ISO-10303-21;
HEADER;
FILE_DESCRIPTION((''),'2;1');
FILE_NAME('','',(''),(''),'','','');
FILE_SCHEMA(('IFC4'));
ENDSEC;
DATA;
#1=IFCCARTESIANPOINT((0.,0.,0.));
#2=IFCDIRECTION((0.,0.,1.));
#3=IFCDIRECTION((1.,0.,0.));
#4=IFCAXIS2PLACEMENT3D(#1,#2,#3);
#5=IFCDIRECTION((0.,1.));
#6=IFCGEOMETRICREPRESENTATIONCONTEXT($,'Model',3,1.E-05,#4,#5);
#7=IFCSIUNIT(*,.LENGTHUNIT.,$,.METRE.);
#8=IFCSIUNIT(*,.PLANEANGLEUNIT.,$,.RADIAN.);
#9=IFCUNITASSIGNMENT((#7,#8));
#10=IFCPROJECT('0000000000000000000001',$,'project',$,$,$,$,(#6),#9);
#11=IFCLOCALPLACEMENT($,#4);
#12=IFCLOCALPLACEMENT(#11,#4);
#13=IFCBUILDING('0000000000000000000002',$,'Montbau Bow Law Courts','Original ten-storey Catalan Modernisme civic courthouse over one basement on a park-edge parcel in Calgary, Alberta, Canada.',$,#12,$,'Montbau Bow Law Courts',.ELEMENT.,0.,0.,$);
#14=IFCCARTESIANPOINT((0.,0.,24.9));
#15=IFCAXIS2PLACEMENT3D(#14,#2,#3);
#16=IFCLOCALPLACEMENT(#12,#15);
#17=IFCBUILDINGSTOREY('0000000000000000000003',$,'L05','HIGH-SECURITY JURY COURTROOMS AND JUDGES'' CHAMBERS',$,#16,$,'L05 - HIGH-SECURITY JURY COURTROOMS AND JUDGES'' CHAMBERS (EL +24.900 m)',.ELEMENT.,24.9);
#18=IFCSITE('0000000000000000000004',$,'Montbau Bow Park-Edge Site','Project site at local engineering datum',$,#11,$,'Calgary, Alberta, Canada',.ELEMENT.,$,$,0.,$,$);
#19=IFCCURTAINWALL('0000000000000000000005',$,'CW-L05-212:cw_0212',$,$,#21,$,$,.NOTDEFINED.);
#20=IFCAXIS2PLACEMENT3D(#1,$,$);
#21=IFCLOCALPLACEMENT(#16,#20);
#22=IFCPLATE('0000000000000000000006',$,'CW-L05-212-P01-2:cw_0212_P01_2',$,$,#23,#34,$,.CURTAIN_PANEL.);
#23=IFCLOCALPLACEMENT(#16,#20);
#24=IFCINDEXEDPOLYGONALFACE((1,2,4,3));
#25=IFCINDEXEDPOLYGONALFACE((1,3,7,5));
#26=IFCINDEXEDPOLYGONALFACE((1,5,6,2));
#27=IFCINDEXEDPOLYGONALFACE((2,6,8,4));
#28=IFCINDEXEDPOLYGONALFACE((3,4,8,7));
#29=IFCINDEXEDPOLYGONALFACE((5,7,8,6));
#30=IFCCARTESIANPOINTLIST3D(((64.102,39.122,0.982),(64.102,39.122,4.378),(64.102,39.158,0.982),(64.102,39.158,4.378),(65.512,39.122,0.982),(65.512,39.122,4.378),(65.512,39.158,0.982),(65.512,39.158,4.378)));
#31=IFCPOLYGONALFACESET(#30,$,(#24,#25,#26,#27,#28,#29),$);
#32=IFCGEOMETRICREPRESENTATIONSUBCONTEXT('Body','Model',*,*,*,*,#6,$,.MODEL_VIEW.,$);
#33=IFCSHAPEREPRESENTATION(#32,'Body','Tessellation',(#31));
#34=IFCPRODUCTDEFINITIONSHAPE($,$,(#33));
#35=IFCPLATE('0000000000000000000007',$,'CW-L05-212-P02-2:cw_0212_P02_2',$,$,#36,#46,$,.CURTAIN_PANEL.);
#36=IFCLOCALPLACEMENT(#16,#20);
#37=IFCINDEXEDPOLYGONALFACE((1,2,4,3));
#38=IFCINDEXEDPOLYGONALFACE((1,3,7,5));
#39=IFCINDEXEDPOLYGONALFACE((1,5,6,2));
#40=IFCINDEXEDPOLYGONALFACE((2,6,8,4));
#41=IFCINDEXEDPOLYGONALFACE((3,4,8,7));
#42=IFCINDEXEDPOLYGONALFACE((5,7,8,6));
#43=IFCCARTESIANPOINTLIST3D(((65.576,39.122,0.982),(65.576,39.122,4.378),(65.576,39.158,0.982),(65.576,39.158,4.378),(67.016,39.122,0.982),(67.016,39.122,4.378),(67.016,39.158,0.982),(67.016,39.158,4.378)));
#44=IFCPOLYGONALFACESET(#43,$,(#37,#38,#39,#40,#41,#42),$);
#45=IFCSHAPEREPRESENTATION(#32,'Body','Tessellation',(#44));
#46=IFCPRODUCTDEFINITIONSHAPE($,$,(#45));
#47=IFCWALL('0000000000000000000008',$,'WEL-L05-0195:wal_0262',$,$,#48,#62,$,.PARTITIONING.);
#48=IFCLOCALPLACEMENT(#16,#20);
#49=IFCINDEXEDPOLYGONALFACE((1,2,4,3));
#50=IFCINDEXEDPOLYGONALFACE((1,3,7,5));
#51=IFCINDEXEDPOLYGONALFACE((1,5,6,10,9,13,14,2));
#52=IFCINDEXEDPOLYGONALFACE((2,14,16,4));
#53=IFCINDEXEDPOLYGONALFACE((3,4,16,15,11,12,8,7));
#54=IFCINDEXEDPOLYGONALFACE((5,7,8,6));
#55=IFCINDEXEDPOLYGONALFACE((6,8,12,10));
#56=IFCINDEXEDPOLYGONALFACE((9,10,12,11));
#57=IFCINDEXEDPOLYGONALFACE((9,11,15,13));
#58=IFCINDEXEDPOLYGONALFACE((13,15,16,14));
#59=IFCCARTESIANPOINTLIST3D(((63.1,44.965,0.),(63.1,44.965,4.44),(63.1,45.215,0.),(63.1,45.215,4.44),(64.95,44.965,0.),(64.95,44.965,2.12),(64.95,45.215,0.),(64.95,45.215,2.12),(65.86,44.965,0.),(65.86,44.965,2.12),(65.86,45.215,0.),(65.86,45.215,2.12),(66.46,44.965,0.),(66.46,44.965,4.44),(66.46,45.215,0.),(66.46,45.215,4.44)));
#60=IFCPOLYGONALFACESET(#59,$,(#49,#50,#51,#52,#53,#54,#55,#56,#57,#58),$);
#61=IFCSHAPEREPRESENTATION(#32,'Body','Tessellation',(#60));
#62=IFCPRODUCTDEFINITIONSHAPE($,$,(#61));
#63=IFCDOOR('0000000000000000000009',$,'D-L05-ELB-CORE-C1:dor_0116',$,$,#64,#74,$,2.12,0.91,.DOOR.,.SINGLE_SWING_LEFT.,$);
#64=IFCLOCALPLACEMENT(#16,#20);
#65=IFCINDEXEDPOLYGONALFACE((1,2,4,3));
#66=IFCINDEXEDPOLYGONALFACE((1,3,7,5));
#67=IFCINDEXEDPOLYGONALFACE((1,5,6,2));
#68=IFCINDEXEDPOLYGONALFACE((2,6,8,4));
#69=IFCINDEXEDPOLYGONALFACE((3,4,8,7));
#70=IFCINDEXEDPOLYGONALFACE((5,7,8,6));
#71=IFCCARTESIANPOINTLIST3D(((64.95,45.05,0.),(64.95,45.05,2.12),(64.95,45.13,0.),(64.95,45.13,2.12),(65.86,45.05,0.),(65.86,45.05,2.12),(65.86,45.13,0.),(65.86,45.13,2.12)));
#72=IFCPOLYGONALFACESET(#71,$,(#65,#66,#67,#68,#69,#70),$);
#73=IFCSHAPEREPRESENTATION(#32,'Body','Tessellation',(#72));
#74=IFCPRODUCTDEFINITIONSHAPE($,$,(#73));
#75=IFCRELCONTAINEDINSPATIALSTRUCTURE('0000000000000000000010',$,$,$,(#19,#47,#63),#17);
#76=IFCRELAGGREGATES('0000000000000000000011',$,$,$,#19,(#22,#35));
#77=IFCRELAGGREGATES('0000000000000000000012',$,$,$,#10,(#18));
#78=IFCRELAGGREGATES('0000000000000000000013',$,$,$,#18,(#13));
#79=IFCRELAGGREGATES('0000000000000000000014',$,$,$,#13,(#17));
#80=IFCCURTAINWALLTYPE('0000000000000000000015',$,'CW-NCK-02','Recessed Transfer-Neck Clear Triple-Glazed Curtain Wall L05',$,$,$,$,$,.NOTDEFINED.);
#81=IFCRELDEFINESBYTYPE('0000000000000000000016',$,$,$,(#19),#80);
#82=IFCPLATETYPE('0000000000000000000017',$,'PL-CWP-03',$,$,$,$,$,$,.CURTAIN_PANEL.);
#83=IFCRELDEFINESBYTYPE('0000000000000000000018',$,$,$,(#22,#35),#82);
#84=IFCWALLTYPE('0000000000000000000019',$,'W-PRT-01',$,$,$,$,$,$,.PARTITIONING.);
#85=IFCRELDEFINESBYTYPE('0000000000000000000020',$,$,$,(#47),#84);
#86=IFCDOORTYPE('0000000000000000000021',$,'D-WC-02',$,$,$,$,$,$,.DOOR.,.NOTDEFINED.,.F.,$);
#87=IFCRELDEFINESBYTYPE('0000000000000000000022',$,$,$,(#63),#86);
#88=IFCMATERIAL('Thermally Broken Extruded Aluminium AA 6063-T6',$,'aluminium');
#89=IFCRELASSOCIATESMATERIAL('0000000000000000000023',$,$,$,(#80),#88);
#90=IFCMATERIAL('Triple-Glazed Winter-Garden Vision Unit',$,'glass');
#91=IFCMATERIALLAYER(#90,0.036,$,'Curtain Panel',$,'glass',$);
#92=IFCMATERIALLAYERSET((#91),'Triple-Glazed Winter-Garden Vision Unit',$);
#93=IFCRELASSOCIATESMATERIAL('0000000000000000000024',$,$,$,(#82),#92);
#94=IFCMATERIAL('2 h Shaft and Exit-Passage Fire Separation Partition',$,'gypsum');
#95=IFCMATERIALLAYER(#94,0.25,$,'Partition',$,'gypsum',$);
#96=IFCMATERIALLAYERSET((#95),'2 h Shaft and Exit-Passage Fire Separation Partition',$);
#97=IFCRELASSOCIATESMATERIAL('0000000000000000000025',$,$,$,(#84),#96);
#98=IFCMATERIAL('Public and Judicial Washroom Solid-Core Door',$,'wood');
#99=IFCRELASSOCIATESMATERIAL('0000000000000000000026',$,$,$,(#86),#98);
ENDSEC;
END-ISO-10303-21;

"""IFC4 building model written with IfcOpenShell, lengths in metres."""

from ifc_helpers import new_model, si_unit, direction, frame, frame_2d, origin_with_axes, place, context, subcontext, project, spatial, rectangle, extrude, material, layer, layer_set, type_object, element, fill, aggregate, save


model = new_model("IFC4")

# Units and contexts
model_context = context("Model", 3, precision=1e-05, world=origin_with_axes(), true_north=direction((0.0, 1.0)))
body_context = subcontext(model_context, "Body", "Model", "MODEL_VIEW")
ifc_project = project(units=[si_unit("LENGTHUNIT", "METRE"), si_unit("PLANEANGLEUNIT", "RADIAN")], contexts=[model_context])

# Site, building, storey
site_placement = place(None, origin_with_axes())
site = spatial("IfcSite", under=ifc_project, at=site_placement, Name="Montbau Bow Park-Edge Site", Description="Project site at local engineering datum", LongName="Calgary, Alberta, Canada", CompositionType="ELEMENT", RefElevation=0.0)
building_placement = place(site_placement, origin_with_axes())
building = spatial("IfcBuilding", under=site, at=building_placement, Name="Montbau Bow Law Courts", Description="Original ten-storey Catalan Modernisme civic courthouse over one basement on a park-edge parcel in Calgary, Alberta, Canada.", LongName="Montbau Bow Law Courts", CompositionType="ELEMENT", ElevationOfRefHeight=0.0, ElevationOfTerrain=0.0)
storey_placement = place(building_placement, frame((0.0, 0.0, 24.9), z_axis=(0.0, 0.0, 1.0), x_axis=(1.0, 0.0, 0.0)))
storey = spatial("IfcBuildingStorey", under=building, at=storey_placement, Name="L05", Description="HIGH-SECURITY JURY COURTROOMS AND JUDGES' CHAMBERS", LongName="L05 - HIGH-SECURITY JURY COURTROOMS AND JUDGES' CHAMBERS (EL +24.900 m)", CompositionType="ELEMENT", Elevation=24.9)

# Shared definitions
ifc_material_1 = material(Name="Thermally Broken Extruded Aluminium AA 6063-T6", Category="aluminium")
curtain_wall_type = type_object("IfcCurtainWallType", Name="CW-NCK-02", Description="Recessed Transfer-Neck Clear Triple-Glazed Curtain Wall L05", PredefinedType="NOTDEFINED", material=ifc_material_1)

# Curtain wall, plates
curtain_wall_1_placement = place(None, frame((64.04, 39.14, 24.9), z_axis=(0.0, 0.0, 1.0), x_axis=(1.0, 0.0, 0.0)))
curtain_wall_1 = element("IfcCurtainWall", 1, at=curtain_wall_1_placement, inside=storey, type_object=curtain_wall_type, Name="CW-L05-212:cw_0212", PredefinedType="NOTDEFINED")
ifc_material_2 = material(Name="Triple-Glazed Winter-Garden Vision Unit", Category="glass")
ifc_layer_1 = layer(ifc_material_2, 0.036, Name="Curtain Panel", Category="glass")
ifc_layer_set_1 = layer_set([ifc_layer_1], Name="Triple-Glazed Winter-Garden Vision Unit")
plate_type_1 = type_object("IfcPlateType", Name="PL-CWP-03", PredefinedType="CURTAIN_PANEL", material=ifc_layer_set_1)
plate_1_placement = place(None, frame((64.102, 39.14, 25.882), z_axis=(0.0, -1.0, 0.0), x_axis=(1.0, 0.0, 0.0)))
plate_1 = element("IfcPlate", 2, at=plate_1_placement, type_object=plate_type_1, Name="CW-L05-212-P01-2:cw_0212_P01_2", PredefinedType="CURTAIN_PANEL", context=body_context, shape_type="SweptSolid", body=[
    extrude(rectangle(XDim=1.41, YDim=3.396, at=frame_2d((0.705, 1.698), x_axis=(1.0, 0.0))), frame((0.0, 0.0, -0.018), z_axis=(0.0, 0.0, 1.0), x_axis=(1.0, 0.0, 0.0)), (0.0, 0.0, 1.0), 0.036),
])
plate_2_placement = place(None, frame((65.576, 39.14, 25.882), z_axis=(0.0, -1.0, 0.0), x_axis=(1.0, 0.0, 0.0)))
plate_2 = element("IfcPlate", 3, at=plate_2_placement, type_object=plate_type_1, Name="CW-L05-212-P02-2:cw_0212_P02_2", PredefinedType="CURTAIN_PANEL", context=body_context, shape_type="SweptSolid", body=[
    extrude(rectangle(XDim=1.44, YDim=3.396, at=frame_2d((0.72, 1.698), x_axis=(1.0, 0.0))), frame((0.0, 0.0, -0.018), z_axis=(0.0, 0.0, 1.0), x_axis=(1.0, 0.0, 0.0)), (0.0, 0.0, 1.0), 0.036),
])
aggregate(curtain_wall_1, [plate_1, plate_2])

# Wall, opening, door
ifc_material_3 = material(Name="2 h Shaft and Exit-Passage Fire Separation Partition", Category="gypsum")
ifc_layer_2 = layer(ifc_material_3, 0.25, Name="Partition", Category="gypsum")
ifc_layer_set_2 = layer_set([ifc_layer_2], Name="2 h Shaft and Exit-Passage Fire Separation Partition")
wall_type = type_object("IfcWallType", Name="W-PRT-01", PredefinedType="PARTITIONING", material=ifc_layer_set_2)
wall_placement = place(None, frame((63.1, 45.09, 24.9), z_axis=(0.0, 0.0, 1.0), x_axis=(1.0, 0.0, 0.0)))
wall = element("IfcWall", 4, at=wall_placement, inside=storey, type_object=wall_type, Name="WEL-L05-0195:wal_0262", PredefinedType="PARTITIONING", context=body_context, shape_type="SweptSolid", body=[
    extrude(rectangle(XDim=3.36, YDim=0.25, at=frame_2d((1.68, 0.0), x_axis=(1.0, 0.0))), origin_with_axes(), (0.0, 0.0, 1.0), 4.44),
])
opening_placement = place(None, frame((65.405, 45.09, 24.9), z_axis=(0.0, 0.0, 1.0), x_axis=(1.0, 0.0, 0.0)))
opening = element("IfcOpeningElement", 5, at=opening_placement, cuts=wall, PredefinedType="OPENING", context=body_context, shape_type="SweptSolid", body=[
    extrude(rectangle(XDim=0.91, YDim=2.12, at=frame_2d((0.0, 1.06), x_axis=(1.0, 0.0))), frame((0.0, 0.135, 0.0), z_axis=(0.0, -1.0, 0.0), x_axis=(1.0, 0.0, 0.0)), (0.0, 0.0, 1.0), 0.27),
])
ifc_material_4 = material(Name="Public and Judicial Washroom Solid-Core Door", Category="wood")
door_type = type_object("IfcDoorType", Name="D-WC-02", OperationType="NOTDEFINED", ParameterTakesPrecedence=False, PredefinedType="DOOR", material=ifc_material_4)
door_placement = place(None, frame((65.405, 45.09, 24.9), z_axis=(0.0, 0.0, 1.0), x_axis=(1.0, 0.0, 0.0)))
door = element("IfcDoor", 6, at=door_placement, inside=storey, type_object=door_type, Name="D-L05-ELB-CORE-C1:dor_0116", OperationType="SINGLE_SWING_LEFT", OverallHeight=2.12, OverallWidth=0.91, PredefinedType="DOOR", context=body_context, shape_type="SweptSolid", body=[
    extrude(rectangle(XDim=0.91, YDim=2.12, at=frame_2d((0.0, 1.06), x_axis=(1.0, 0.0))), frame((0.0, 0.04, 0.0), z_axis=(0.0, -1.0, 0.0), x_axis=(1.0, 0.0, 0.0)), (0.0, 0.0, 1.0), 0.08),
])
fill(opening, door)

save(model, "model.ifc")
